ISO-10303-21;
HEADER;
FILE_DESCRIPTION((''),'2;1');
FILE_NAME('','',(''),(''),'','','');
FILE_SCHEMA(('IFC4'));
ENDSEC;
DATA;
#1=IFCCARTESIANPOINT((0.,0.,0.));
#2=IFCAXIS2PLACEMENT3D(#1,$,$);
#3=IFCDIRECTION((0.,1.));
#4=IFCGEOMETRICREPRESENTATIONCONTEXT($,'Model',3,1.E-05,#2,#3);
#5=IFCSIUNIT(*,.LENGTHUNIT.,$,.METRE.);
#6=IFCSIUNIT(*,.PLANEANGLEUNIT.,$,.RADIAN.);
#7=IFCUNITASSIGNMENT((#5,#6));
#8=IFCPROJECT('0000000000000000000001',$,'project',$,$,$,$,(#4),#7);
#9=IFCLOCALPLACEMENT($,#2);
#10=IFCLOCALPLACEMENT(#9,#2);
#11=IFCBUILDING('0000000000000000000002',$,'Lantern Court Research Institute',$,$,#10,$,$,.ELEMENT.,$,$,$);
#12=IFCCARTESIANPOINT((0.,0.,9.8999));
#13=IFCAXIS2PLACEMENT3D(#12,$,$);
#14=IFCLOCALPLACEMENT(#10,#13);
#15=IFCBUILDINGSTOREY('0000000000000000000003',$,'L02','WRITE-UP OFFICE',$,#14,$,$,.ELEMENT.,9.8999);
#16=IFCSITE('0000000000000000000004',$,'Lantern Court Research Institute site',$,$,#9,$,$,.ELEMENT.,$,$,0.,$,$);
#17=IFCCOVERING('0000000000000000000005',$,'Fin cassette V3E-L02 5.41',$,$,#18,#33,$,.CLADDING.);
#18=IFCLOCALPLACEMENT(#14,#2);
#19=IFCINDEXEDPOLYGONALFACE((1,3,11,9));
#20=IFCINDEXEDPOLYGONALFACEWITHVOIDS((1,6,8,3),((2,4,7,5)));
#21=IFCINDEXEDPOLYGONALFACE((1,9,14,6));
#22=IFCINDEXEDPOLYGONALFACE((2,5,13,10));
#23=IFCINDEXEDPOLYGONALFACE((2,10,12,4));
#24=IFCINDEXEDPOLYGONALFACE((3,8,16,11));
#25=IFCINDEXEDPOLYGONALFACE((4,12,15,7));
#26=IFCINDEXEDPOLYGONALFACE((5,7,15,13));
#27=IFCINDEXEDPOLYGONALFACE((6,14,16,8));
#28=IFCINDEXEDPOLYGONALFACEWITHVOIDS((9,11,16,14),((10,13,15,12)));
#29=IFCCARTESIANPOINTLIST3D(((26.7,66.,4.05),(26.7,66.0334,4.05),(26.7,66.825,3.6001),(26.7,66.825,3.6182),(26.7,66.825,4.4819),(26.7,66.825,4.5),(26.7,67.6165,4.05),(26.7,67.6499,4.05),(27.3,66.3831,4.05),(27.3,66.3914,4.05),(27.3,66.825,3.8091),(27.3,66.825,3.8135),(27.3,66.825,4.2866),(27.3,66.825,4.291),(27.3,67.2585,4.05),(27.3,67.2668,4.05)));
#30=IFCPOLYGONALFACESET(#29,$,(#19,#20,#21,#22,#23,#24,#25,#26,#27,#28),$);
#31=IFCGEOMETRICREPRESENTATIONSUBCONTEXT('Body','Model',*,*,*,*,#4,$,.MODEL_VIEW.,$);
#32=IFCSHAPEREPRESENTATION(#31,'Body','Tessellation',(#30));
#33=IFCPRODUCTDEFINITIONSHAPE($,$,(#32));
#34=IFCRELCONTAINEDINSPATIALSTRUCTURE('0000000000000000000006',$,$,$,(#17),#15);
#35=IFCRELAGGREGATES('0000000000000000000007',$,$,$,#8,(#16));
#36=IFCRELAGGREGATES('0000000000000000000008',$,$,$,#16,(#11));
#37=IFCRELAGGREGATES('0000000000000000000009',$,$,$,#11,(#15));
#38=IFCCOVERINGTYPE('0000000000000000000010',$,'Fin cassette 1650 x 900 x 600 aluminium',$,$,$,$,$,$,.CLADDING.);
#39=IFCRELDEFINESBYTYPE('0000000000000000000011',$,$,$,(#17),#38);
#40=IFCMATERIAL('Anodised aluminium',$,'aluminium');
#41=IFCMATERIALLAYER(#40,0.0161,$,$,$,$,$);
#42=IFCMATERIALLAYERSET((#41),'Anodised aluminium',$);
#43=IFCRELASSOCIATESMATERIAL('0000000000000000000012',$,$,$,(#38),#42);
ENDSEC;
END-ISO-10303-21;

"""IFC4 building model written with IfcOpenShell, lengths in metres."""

from ifc_helpers import new_model, entity, si_unit, direction, frame, origin, place, context, subcontext, project, spatial, material, layer, layer_set, type_object, element, save


model = new_model("IFC4")

# Units and contexts
model_context = context("Model", 3, precision=1e-05, world=origin(), true_north=direction((0.0, 1.0)))
body_context = subcontext(model_context, "Body", "Model", "MODEL_VIEW")
ifc_project = project(units=[si_unit("LENGTHUNIT", "METRE"), si_unit("PLANEANGLEUNIT", "RADIAN")], contexts=[model_context])

# Site, building, storey
site_placement = place(None, origin())
site = spatial("IfcSite", under=ifc_project, at=site_placement, Name="Lantern Court Research Institute site", CompositionType="ELEMENT", RefElevation=0.0)
building_placement = place(site_placement, origin())
building = spatial("IfcBuilding", under=site, at=building_placement, Name="Lantern Court Research Institute", CompositionType="ELEMENT")
storey_placement = place(building_placement, frame((0.0, 0.0, 9.8999)))
storey = spatial("IfcBuildingStorey", under=building, at=storey_placement, Name="L02", Description="WRITE-UP OFFICE", CompositionType="ELEMENT", Elevation=9.8999)

# Covering
ifc_material_1 = material(Name="Anodised aluminium", Category="aluminium")
ifc_layer_1 = layer(ifc_material_1, 0.0161)
ifc_layer_set_1 = layer_set([ifc_layer_1], Name="Anodised aluminium")
covering_type_1 = type_object("IfcCoveringType", Name="Fin cassette 1650 x 900 x 600 aluminium", PredefinedType="CLADDING", material=ifc_layer_set_1)
covering_1_placement = place(storey_placement, frame((26.7, 66.825, 4.05), z_axis=(1.0, 0.0, 0.0), x_axis=(0.0, 1.0, 0.0)))
cartesian_point_1 = entity("IfcCartesianPoint", [0.825, 0.0])
cartesian_point_2 = entity("IfcCartesianPoint", [0.7915, 0.0])
cartesian_point_3 = entity("IfcCartesianPoint", [0.4419, 0.0])
cartesian_point_4 = entity("IfcCartesianPoint", [0.4336, 0.0])
element("IfcCovering", 1, at=covering_1_placement, inside=storey, type_object=covering_type_1, Name="Fin cassette V3E-L02 5.41", PredefinedType="CLADDING", context=body_context, shape_type="SweptSolid", body=[
    entity("IfcExtrudedAreaSolidTapered", entity("IfcArbitraryProfileDefWithVoids", "AREA", None, entity("IfcPolyline", [cartesian_point_1, entity("IfcCartesianPoint", [0.0, 0.45]), entity("IfcCartesianPoint", [-0.825, 0.0]), entity("IfcCartesianPoint", [0.0, -0.45]), cartesian_point_1]), [entity("IfcPolyline", [cartesian_point_2, entity("IfcCartesianPoint", [0.0, 0.4319]), entity("IfcCartesianPoint", [-0.7915, 0.0]), entity("IfcCartesianPoint", [0.0, -0.4319]), cartesian_point_2])]), entity("IfcAxis2Placement3D", entity("IfcCartesianPoint", [0.0, 0.0, 0.0])), entity("IfcDirection", [0.0, 0.0, 1.0]), 0.6001, entity("IfcArbitraryProfileDefWithVoids", "AREA", None, entity("IfcPolyline", [cartesian_point_3, entity("IfcCartesianPoint", [0.0, 0.241]), entity("IfcCartesianPoint", [-0.4419, 0.0]), entity("IfcCartesianPoint", [0.0, -0.241]), cartesian_point_3]), [entity("IfcPolyline", [cartesian_point_4, entity("IfcCartesianPoint", [0.0, 0.2366]), entity("IfcCartesianPoint", [-0.4336, 0.0]), entity("IfcCartesianPoint", [0.0, -0.2366]), cartesian_point_4])])),
])

save(model, "model.ifc")
